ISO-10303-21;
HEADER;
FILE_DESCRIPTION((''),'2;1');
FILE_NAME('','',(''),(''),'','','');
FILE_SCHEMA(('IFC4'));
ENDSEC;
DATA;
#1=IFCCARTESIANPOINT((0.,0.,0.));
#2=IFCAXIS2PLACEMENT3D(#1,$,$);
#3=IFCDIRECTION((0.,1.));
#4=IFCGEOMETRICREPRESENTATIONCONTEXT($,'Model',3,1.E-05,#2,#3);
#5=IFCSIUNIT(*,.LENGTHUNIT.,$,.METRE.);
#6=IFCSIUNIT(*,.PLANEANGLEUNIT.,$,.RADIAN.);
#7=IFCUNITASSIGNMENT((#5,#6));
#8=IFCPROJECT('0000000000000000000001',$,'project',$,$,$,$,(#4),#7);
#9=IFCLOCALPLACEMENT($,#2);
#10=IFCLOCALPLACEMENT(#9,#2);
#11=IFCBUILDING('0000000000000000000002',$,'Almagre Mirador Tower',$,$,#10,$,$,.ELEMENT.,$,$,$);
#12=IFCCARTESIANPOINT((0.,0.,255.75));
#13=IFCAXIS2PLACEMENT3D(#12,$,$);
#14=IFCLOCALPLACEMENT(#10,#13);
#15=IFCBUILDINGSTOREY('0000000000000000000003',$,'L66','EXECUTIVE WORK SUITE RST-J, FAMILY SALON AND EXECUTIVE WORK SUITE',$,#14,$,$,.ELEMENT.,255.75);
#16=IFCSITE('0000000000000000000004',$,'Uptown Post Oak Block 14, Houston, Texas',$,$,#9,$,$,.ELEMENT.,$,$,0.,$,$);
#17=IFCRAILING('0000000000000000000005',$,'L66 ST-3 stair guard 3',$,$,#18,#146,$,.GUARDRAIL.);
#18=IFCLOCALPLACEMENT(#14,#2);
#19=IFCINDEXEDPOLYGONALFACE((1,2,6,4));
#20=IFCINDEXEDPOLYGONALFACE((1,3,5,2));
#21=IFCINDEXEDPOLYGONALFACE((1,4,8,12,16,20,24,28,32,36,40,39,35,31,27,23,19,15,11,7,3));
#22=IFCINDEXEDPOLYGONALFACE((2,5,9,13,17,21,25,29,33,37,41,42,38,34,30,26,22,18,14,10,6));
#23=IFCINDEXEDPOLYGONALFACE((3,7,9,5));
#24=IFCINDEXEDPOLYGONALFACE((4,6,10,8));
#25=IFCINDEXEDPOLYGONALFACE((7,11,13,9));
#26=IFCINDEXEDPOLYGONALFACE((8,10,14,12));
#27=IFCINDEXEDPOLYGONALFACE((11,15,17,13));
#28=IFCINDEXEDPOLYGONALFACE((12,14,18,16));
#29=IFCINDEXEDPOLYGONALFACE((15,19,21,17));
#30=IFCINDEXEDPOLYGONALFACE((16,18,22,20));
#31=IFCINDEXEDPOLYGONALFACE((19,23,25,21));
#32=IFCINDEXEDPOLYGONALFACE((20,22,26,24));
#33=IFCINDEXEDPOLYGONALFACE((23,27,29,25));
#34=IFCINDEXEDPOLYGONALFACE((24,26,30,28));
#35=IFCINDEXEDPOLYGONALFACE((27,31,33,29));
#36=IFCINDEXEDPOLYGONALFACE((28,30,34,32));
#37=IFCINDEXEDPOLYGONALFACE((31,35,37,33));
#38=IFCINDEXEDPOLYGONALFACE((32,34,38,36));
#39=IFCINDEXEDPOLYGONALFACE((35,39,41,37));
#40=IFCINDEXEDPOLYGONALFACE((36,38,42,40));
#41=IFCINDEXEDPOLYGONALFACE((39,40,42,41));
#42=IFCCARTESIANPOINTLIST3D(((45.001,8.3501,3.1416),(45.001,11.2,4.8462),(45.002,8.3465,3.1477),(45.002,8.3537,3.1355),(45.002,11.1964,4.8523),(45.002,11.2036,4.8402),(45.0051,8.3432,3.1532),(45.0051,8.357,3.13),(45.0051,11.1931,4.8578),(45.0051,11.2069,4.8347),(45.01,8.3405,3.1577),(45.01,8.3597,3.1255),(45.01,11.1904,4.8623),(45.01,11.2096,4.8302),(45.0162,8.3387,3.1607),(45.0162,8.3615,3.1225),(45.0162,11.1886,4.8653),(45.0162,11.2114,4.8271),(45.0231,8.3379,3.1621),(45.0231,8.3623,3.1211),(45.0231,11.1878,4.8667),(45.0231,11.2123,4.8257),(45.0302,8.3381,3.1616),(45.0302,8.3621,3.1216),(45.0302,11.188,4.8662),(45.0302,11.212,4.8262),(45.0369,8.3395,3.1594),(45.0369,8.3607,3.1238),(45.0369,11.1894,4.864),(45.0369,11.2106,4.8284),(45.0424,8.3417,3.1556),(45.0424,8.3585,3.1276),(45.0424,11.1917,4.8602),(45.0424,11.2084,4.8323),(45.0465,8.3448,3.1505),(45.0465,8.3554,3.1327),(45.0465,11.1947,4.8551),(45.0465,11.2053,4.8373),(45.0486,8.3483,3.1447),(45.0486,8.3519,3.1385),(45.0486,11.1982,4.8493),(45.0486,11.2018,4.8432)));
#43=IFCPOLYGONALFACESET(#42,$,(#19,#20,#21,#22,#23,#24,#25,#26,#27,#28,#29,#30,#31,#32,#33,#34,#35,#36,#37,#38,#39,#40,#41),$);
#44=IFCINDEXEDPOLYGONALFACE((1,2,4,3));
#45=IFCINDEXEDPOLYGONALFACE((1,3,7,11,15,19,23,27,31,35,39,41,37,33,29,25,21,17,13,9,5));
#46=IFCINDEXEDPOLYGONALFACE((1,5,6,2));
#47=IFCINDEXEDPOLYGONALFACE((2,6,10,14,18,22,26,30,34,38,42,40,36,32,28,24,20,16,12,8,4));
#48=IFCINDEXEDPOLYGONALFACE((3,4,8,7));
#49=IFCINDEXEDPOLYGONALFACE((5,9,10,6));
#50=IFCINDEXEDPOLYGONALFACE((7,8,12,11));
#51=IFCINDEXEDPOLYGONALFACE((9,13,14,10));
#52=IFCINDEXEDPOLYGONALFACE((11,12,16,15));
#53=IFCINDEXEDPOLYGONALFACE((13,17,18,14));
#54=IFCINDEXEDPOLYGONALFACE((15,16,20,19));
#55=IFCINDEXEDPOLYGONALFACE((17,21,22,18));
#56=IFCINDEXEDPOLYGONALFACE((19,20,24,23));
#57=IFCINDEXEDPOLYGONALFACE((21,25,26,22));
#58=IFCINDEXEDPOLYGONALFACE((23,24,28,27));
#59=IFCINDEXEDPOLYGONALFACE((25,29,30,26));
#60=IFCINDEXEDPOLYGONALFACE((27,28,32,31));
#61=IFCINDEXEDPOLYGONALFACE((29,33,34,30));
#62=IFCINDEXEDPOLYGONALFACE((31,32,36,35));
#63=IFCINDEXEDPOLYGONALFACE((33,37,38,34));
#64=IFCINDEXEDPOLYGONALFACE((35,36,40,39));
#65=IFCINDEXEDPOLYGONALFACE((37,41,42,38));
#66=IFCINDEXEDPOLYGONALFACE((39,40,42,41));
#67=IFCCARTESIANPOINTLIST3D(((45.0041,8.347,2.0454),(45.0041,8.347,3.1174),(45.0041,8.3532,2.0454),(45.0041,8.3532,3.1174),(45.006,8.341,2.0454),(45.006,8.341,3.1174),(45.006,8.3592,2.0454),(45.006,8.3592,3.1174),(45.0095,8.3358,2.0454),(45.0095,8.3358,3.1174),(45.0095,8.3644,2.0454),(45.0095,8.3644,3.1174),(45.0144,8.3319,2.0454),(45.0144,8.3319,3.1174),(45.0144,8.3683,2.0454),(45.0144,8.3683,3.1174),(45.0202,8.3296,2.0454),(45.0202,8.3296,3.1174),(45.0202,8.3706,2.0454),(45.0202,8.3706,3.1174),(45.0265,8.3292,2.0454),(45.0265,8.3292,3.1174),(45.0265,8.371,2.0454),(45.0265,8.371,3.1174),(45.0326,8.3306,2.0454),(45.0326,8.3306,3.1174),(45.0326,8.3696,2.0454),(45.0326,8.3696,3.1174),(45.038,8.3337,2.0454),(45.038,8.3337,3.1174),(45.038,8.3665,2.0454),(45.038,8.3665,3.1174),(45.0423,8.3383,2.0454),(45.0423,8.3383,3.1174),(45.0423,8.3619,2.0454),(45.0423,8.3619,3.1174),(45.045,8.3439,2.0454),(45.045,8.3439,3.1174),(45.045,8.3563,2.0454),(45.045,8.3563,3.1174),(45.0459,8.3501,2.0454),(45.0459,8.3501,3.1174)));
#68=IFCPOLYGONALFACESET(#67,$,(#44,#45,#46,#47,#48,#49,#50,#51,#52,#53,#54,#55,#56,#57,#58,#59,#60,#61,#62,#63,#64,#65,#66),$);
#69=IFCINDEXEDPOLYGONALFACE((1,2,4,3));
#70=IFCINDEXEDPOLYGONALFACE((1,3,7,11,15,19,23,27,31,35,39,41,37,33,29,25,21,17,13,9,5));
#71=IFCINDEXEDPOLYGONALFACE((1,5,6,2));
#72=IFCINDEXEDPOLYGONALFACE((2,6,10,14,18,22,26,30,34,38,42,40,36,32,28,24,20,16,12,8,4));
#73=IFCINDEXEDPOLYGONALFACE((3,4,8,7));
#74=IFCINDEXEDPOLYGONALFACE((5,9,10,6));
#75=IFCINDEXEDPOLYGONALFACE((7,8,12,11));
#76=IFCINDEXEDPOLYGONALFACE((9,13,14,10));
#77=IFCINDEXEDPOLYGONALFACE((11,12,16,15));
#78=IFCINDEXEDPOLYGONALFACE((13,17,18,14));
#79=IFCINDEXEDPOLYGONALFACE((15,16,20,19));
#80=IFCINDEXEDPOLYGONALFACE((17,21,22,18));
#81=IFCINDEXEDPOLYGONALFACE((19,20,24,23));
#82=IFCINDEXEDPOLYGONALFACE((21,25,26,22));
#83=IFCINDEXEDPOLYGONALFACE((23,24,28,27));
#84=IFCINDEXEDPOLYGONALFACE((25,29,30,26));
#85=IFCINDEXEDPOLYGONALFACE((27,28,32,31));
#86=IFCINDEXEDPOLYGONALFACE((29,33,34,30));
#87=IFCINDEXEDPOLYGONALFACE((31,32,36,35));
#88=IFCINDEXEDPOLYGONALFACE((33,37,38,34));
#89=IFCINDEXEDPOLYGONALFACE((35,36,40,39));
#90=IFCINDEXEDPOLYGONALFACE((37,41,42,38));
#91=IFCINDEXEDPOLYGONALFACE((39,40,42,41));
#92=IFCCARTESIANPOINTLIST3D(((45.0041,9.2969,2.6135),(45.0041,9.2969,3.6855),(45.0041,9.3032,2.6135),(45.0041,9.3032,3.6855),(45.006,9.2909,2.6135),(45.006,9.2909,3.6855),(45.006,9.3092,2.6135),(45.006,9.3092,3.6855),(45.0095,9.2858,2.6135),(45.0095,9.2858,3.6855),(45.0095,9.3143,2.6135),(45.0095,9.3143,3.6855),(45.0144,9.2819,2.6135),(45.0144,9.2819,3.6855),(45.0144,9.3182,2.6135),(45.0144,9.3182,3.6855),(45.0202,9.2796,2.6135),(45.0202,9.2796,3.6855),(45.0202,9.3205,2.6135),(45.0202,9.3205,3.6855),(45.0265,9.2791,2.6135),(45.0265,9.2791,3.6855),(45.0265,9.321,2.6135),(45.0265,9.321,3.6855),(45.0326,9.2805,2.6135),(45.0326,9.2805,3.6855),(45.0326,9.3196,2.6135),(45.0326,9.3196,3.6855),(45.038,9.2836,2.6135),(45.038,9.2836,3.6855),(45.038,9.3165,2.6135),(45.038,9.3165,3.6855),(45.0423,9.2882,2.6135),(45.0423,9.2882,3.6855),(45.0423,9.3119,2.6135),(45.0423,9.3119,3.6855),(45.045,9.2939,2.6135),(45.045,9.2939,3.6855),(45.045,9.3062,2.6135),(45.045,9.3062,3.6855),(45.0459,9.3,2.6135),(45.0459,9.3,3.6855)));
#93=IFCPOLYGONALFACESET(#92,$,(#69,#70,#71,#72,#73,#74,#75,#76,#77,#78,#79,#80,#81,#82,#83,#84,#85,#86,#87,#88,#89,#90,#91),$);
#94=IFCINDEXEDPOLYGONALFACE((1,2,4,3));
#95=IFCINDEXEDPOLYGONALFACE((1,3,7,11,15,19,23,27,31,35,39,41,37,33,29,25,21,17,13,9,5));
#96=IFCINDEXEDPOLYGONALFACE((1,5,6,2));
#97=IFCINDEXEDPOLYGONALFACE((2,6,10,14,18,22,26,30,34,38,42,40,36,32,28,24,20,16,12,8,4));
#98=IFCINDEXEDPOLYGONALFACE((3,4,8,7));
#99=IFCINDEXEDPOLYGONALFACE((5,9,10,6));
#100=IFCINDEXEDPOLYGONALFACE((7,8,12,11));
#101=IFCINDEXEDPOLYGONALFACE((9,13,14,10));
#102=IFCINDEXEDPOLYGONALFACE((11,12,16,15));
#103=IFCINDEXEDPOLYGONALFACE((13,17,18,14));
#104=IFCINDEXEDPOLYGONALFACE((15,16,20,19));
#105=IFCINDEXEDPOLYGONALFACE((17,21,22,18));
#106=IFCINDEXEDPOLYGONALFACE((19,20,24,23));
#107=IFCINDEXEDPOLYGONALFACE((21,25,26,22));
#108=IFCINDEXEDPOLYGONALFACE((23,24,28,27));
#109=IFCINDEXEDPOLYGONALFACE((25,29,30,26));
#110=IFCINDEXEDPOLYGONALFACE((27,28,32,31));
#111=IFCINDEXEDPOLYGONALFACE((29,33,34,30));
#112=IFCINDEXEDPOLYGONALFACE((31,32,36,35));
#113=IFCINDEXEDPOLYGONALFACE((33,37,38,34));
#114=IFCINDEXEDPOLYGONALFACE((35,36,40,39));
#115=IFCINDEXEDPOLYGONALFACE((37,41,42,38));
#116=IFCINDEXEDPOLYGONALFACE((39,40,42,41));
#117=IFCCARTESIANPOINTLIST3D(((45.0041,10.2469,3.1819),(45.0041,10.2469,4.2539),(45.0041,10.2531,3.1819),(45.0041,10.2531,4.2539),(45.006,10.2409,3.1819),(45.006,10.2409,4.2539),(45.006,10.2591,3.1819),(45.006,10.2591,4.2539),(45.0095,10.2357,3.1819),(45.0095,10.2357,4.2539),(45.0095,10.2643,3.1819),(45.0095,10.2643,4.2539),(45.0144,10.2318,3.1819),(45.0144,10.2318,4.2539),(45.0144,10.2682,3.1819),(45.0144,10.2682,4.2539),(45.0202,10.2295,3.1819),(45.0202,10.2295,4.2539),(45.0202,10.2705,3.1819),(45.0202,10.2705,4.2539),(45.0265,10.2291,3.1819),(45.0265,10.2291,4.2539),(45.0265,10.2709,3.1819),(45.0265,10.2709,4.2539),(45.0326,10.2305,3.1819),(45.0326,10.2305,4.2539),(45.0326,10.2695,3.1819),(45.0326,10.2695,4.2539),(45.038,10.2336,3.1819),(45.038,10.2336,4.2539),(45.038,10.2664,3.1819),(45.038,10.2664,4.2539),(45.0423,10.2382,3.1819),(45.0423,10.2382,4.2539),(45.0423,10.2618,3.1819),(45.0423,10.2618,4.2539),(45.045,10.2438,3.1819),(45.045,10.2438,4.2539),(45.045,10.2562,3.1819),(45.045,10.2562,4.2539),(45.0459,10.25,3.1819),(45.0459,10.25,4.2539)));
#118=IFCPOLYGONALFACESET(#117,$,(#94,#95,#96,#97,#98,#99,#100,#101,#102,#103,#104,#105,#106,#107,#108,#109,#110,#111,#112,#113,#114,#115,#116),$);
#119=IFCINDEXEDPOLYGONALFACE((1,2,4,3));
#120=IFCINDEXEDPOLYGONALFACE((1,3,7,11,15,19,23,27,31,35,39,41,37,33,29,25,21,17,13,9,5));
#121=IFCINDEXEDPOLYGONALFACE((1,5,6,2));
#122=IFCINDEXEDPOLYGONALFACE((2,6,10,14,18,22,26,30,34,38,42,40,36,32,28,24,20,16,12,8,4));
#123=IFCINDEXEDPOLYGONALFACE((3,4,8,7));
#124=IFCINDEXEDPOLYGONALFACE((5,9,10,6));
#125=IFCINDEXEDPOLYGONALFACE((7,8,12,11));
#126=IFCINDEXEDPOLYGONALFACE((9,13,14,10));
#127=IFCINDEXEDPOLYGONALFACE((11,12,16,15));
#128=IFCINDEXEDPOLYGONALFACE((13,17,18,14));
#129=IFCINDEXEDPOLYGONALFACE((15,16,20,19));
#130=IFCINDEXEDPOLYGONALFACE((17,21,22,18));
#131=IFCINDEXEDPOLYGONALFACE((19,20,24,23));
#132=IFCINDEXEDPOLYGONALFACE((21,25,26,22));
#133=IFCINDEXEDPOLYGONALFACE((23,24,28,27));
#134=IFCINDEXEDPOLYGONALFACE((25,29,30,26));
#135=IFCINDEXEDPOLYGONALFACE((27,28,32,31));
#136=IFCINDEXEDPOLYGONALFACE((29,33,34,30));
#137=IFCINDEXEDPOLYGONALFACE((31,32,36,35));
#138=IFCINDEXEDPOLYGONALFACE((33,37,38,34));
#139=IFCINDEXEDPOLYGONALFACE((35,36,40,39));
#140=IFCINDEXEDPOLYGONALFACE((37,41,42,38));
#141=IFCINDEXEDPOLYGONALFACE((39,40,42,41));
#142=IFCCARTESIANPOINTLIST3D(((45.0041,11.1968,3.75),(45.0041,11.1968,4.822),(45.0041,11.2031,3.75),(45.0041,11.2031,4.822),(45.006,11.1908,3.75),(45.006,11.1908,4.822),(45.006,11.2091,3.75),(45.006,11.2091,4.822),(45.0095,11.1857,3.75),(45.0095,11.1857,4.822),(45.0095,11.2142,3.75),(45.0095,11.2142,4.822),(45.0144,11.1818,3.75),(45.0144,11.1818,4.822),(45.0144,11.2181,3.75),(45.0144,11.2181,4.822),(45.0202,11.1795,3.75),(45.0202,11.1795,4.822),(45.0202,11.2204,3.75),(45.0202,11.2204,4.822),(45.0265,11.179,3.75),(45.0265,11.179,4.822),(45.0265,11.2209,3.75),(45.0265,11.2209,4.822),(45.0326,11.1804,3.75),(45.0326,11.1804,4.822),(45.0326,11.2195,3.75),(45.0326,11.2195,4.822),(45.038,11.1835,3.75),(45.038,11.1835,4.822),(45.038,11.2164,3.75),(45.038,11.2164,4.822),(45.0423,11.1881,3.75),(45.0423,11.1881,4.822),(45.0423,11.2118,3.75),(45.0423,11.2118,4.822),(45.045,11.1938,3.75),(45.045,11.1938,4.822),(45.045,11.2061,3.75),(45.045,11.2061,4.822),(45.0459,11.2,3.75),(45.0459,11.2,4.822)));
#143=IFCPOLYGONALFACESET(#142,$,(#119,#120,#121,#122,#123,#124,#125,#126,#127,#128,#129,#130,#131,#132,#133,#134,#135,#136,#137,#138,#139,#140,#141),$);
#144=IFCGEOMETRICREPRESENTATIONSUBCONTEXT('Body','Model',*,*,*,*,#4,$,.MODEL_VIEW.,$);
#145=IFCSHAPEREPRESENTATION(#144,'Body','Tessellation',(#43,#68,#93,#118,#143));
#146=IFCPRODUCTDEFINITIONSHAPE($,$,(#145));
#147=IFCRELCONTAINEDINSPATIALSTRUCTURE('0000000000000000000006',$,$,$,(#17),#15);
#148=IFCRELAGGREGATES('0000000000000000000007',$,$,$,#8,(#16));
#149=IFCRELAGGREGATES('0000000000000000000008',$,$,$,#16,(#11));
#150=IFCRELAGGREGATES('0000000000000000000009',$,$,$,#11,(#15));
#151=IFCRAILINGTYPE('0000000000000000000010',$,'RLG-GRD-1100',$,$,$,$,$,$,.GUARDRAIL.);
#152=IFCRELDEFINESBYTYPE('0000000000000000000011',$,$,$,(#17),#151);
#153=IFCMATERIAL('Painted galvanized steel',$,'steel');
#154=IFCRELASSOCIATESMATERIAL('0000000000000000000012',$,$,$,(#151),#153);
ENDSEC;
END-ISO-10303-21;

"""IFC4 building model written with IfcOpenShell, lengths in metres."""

from ifc_helpers import new_model, si_unit, direction, frame, origin, origin_2d, place, context, subcontext, project, spatial, circle, extrude, material, type_object, element, save


model = new_model("IFC4")

# Units and contexts
model_context = context("Model", 3, precision=1e-05, world=origin(), true_north=direction((0.0, 1.0)))
body_context = subcontext(model_context, "Body", "Model", "MODEL_VIEW")
ifc_project = project(units=[si_unit("LENGTHUNIT", "METRE"), si_unit("PLANEANGLEUNIT", "RADIAN")], contexts=[model_context])

# Site, building, storey
site_placement = place(None, origin())
site = spatial("IfcSite", under=ifc_project, at=site_placement, Name="Uptown Post Oak Block 14, Houston, Texas", CompositionType="ELEMENT", RefElevation=0.0)
building_placement = place(site_placement, origin())
building = spatial("IfcBuilding", under=site, at=building_placement, Name="Almagre Mirador Tower", CompositionType="ELEMENT")
storey_placement = place(building_placement, frame((0.0, 0.0, 255.75)))
storey = spatial("IfcBuildingStorey", under=building, at=storey_placement, Name="L66", Description="EXECUTIVE WORK SUITE RST-J, FAMILY SALON AND EXECUTIVE WORK SUITE", CompositionType="ELEMENT", Elevation=255.75)

# Railing
ifc_material_1 = material(Name="Painted galvanized steel", Category="steel")
railing_type_1 = type_object("IfcRailingType", Name="RLG-GRD-1100", PredefinedType="GUARDRAIL", material=ifc_material_1)
railing_1_placement = place(storey_placement, frame((45.0249, 8.3501, 2.0454)))
element("IfcRailing", 1, at=railing_1_placement, inside=storey, type_object=railing_type_1, Name="L66 ST-3 stair guard 3", PredefinedType="GUARDRAIL", context=body_context, shape_type="SweptSolid", body=[
    extrude(circle(Radius=0.0239, at=origin_2d()), frame((0.0, 0.0, 1.0962), z_axis=(0.0, 0.858199, 0.513317), x_axis=(-1.0, 0.0, 0.0)), (0.0, 0.0, 1.0), 3.3208),
    extrude(circle(Radius=0.021, at=origin_2d()), origin(), (0.0, 0.0, 1.0), 1.072),
    extrude(circle(Radius=0.021, at=origin_2d()), frame((0.0, 0.95, 0.5681)), (0.0, 0.0, 1.0), 1.072),
    extrude(circle(Radius=0.021, at=origin_2d()), frame((0.0, 1.8999, 1.1365)), (0.0, 0.0, 1.0), 1.072),
    extrude(circle(Radius=0.021, at=origin_2d()), frame((0.0, 2.8499, 1.7046)), (0.0, 0.0, 1.0), 1.072),
])

save(model, "model.ifc")
